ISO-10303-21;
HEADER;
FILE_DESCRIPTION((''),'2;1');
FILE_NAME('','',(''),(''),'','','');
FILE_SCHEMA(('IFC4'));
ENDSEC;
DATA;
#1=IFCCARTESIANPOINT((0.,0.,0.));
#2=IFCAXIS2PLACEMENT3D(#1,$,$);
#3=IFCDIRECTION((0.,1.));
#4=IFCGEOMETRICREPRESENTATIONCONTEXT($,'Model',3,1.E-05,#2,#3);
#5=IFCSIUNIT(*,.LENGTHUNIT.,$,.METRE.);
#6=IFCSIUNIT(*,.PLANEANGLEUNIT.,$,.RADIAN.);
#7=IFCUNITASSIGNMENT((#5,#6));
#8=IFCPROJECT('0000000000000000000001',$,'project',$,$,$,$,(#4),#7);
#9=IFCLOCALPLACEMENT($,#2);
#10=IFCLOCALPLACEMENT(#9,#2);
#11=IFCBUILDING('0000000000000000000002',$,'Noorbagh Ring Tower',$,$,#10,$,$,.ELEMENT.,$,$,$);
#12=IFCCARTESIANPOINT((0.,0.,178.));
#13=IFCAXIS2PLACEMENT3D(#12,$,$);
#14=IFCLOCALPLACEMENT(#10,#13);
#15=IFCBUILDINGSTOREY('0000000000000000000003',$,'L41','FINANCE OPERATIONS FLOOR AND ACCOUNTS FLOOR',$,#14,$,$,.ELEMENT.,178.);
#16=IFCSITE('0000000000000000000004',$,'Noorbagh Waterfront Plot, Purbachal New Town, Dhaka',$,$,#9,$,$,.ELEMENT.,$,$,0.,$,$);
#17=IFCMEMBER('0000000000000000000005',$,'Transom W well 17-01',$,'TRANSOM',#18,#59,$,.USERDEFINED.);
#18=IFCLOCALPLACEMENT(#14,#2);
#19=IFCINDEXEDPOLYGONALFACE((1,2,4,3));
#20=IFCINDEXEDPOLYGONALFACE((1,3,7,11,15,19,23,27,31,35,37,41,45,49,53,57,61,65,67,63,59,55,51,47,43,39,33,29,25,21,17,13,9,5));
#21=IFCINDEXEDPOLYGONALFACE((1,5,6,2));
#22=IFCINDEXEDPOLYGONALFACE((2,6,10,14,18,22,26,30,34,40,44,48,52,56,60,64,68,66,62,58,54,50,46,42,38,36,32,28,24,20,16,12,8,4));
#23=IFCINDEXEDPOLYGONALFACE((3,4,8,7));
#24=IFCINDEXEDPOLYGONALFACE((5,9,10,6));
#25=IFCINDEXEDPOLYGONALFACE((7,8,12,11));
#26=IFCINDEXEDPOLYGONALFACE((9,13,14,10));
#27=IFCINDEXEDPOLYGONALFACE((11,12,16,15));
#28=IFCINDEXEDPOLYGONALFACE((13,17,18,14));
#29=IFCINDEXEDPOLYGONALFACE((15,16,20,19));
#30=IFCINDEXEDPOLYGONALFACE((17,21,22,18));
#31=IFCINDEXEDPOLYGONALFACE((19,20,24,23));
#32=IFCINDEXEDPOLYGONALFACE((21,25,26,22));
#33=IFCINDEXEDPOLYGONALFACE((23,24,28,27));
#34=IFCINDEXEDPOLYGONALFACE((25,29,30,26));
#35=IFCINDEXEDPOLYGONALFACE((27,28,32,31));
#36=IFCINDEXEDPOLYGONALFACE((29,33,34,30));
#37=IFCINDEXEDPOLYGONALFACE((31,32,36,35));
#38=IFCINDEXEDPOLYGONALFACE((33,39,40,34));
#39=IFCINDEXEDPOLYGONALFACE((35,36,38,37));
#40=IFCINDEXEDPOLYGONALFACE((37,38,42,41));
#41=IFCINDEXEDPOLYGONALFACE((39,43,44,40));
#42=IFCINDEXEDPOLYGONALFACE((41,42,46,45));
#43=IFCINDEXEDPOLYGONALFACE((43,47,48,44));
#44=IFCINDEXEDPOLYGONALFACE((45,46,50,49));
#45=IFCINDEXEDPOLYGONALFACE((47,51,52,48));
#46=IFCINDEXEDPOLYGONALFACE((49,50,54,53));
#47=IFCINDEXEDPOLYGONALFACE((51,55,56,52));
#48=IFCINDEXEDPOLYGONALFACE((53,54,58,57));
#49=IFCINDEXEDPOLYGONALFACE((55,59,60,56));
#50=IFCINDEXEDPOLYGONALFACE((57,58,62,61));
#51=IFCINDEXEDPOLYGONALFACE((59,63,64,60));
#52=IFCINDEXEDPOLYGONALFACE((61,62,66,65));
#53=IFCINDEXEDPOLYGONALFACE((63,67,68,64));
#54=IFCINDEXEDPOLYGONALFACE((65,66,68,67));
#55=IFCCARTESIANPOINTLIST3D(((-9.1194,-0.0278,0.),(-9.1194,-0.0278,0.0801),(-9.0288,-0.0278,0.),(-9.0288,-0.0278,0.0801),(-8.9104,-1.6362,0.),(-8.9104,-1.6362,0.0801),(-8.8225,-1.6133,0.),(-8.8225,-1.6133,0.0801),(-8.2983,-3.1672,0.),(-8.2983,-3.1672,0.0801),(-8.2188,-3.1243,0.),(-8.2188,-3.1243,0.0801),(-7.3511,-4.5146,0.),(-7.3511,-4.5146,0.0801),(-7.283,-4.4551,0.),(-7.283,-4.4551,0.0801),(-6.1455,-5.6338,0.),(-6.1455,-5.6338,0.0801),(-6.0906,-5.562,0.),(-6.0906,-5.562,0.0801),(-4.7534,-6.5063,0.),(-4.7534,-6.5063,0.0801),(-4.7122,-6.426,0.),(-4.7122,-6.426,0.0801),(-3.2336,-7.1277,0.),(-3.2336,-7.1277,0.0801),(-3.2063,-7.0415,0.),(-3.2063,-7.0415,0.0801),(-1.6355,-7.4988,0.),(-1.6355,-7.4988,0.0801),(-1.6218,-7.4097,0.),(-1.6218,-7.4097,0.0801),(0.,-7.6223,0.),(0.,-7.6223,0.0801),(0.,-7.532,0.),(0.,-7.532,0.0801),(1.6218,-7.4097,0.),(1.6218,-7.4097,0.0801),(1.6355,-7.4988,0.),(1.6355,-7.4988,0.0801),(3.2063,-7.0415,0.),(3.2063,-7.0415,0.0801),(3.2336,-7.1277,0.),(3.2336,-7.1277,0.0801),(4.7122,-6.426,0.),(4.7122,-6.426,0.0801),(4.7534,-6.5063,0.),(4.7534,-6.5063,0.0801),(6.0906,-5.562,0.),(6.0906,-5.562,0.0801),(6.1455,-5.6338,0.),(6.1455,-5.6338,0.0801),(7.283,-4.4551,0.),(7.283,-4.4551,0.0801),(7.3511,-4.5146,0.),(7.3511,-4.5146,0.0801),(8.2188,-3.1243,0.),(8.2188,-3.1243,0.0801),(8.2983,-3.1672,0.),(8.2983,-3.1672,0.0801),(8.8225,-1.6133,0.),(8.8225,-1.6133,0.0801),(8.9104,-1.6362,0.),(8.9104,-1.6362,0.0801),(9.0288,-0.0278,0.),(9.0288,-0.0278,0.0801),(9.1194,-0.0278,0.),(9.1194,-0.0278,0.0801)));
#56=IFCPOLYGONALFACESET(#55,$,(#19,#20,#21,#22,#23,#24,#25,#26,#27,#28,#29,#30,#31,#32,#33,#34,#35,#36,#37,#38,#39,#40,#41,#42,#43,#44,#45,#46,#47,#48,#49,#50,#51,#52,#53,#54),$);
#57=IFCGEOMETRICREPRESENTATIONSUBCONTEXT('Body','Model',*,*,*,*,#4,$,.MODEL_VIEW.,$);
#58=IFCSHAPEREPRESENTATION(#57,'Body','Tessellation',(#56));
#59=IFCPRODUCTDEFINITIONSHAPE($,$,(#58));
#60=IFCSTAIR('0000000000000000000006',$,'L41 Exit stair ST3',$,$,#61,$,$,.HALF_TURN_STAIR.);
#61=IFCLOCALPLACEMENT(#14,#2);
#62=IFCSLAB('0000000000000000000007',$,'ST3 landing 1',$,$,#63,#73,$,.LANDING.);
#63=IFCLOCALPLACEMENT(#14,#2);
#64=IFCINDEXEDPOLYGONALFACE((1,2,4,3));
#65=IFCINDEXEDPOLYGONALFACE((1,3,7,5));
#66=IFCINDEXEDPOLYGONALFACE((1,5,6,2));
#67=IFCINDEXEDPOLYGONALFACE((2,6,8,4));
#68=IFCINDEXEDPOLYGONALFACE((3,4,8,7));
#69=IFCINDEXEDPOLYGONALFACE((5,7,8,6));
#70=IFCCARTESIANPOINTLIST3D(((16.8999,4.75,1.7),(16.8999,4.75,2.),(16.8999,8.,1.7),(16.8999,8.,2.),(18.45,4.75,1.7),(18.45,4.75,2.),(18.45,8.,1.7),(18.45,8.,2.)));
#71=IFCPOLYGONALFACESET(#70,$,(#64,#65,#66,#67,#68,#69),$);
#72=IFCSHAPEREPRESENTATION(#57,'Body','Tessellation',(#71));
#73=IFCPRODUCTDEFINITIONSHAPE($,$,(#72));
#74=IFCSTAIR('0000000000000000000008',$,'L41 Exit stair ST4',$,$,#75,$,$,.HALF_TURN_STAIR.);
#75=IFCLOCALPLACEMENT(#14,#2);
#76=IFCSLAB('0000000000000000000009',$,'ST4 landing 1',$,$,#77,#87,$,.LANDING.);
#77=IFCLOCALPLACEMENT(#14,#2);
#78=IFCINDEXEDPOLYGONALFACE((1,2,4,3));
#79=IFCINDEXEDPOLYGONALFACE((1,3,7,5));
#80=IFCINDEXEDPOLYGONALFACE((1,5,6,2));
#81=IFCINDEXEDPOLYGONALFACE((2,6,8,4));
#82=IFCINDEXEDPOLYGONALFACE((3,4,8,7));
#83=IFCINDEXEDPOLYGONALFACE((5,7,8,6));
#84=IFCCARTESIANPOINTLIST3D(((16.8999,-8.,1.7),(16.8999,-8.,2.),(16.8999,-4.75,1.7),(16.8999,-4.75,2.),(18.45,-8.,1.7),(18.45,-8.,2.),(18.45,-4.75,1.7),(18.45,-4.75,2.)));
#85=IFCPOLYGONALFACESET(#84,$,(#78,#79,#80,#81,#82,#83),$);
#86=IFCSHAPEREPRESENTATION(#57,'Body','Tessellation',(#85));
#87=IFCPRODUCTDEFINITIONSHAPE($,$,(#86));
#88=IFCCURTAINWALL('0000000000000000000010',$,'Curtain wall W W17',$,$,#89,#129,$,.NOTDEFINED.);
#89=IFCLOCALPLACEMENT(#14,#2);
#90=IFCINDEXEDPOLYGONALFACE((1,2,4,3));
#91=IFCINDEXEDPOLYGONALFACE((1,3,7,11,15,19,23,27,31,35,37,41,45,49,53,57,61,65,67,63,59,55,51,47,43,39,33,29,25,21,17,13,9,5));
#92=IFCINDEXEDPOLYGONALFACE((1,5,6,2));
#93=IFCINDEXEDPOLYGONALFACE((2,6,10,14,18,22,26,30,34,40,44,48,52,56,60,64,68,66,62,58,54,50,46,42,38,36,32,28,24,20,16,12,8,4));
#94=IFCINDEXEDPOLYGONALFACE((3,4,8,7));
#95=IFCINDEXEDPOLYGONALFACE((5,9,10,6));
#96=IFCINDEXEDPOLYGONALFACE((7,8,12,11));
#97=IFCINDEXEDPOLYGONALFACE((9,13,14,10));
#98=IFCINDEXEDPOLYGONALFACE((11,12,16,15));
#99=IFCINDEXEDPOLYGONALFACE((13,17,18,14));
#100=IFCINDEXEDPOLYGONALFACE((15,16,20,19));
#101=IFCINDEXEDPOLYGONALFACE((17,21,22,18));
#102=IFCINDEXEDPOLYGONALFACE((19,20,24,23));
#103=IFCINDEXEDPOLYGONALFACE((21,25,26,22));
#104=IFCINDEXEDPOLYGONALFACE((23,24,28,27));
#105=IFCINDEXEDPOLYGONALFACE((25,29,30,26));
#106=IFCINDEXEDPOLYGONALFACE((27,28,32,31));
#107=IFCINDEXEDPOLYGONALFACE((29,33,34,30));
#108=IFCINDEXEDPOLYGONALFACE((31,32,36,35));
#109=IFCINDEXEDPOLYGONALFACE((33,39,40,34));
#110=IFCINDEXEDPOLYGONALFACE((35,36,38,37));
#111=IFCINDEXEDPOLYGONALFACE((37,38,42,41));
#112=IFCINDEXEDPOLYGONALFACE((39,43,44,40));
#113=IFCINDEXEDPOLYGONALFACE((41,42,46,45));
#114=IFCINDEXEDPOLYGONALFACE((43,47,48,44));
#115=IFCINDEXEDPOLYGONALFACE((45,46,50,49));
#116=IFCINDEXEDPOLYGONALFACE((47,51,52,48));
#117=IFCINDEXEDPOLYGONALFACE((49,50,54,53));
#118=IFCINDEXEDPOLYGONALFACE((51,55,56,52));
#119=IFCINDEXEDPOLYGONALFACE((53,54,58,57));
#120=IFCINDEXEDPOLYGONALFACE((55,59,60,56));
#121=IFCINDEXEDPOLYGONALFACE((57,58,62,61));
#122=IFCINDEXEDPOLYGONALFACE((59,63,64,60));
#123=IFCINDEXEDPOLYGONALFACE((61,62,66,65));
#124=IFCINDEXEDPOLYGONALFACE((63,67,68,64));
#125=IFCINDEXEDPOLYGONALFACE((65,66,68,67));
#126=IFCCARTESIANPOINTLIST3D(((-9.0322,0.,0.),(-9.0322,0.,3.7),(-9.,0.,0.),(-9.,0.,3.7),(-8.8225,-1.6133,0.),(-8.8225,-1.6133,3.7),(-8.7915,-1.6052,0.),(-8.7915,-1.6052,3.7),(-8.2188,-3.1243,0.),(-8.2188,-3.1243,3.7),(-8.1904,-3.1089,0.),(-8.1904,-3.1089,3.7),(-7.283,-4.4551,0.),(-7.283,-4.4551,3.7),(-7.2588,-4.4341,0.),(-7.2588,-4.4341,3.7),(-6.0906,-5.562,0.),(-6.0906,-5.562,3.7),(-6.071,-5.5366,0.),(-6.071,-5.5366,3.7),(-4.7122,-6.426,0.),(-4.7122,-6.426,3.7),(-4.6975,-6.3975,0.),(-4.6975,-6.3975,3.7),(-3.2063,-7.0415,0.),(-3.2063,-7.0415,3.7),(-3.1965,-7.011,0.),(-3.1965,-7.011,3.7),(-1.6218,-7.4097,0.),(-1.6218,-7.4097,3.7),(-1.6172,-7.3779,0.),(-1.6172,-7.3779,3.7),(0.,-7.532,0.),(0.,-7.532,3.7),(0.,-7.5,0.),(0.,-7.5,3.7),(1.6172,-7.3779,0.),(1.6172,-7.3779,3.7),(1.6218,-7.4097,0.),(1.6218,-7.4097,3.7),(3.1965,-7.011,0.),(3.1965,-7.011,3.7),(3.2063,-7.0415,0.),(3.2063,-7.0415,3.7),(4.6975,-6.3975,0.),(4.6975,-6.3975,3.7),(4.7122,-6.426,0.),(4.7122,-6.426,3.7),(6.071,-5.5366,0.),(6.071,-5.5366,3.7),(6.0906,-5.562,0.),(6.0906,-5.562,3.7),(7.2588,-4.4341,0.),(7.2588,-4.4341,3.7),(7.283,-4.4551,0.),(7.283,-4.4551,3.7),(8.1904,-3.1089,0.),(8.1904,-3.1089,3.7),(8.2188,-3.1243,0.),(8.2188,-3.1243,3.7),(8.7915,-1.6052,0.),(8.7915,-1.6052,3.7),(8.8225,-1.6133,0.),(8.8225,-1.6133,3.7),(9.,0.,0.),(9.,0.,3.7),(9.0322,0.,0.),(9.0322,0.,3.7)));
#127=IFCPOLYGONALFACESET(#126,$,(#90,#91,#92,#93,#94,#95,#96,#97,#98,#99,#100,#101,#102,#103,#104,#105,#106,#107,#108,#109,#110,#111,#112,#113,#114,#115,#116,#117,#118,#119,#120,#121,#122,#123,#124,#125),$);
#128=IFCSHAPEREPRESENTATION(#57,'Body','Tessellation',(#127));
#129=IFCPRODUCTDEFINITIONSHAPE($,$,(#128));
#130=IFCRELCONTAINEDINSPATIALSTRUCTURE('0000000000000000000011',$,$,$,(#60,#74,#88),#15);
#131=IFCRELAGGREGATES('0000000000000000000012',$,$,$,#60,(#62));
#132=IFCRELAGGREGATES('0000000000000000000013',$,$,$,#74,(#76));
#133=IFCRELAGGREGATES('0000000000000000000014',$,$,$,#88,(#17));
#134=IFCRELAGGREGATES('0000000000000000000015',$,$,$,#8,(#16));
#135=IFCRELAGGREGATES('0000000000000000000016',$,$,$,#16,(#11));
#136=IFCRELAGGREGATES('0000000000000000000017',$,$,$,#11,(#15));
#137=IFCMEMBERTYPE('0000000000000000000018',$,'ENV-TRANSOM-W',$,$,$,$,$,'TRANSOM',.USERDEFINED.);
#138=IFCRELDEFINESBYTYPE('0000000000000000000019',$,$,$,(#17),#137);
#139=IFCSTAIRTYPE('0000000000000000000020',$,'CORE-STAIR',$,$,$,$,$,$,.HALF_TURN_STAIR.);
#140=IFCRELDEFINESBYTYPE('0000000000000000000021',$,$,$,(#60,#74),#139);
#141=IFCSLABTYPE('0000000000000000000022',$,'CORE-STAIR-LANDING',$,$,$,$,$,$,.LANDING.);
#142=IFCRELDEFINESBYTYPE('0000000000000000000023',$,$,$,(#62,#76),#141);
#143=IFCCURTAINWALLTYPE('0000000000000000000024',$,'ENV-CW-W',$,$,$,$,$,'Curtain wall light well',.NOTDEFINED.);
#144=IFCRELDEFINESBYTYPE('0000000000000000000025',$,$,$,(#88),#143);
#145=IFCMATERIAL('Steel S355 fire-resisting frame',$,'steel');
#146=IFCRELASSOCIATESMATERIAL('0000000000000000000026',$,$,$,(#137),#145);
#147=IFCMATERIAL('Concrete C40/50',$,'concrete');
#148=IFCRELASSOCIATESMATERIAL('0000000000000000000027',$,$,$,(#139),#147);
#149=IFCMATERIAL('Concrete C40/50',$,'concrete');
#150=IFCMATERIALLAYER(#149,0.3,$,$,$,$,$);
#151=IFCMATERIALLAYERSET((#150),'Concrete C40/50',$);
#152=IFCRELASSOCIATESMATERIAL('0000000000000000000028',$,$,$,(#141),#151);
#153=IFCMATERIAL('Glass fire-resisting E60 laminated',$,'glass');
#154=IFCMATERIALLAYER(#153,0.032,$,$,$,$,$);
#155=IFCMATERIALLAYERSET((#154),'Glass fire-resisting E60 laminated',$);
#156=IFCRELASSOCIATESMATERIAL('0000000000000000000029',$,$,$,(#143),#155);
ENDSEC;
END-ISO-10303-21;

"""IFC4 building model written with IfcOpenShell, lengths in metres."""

from ifc_helpers import new_model, si_unit, direction, frame, origin, place, context, subcontext, project, spatial, polyline, outline, extrude, material, layer, layer_set, type_object, element, aggregate, save


model = new_model("IFC4")

# Units and contexts
model_context = context("Model", 3, precision=1e-05, world=origin(), true_north=direction((0.0, 1.0)))
body_context = subcontext(model_context, "Body", "Model", "MODEL_VIEW")
ifc_project = project(units=[si_unit("LENGTHUNIT", "METRE"), si_unit("PLANEANGLEUNIT", "RADIAN")], contexts=[model_context])

# Member
site_placement = place(None, origin())
building_placement = place(site_placement, origin())
storey_placement = place(building_placement, frame((0.0, 0.0, 178.0)))
ifc_material_1 = material(Name="Steel S355 fire-resisting frame", Category="steel")
member_type_1 = type_object("IfcMemberType", Name="ENV-TRANSOM-W", ElementType="TRANSOM", PredefinedType="USERDEFINED", material=ifc_material_1)
member_1_placement = place(storey_placement, origin())
member_1 = element("IfcMember", 1, at=member_1_placement, type_object=member_type_1, Name="Transom W well 17-01", ObjectType="TRANSOM", PredefinedType="USERDEFINED", context=body_context, shape_type="SweptSolid", body=[
    extrude(outline(polyline([(-9.1194, -0.0278), (-8.9104, -1.6362), (-8.2983, -3.1672), (-7.3511, -4.5146), (-6.1455, -5.6338), (-4.7534, -6.5063), (-3.2336, -7.1277), (-1.6355, -7.4988), (0.0, -7.6223), (1.6355, -7.4988), (3.2336, -7.1277), (4.7534, -6.5063), (6.1455, -5.6338), (7.3511, -4.5146), (8.2983, -3.1672), (8.9104, -1.6362), (9.1194, -0.0278), (9.0288, -0.0278), (8.8225, -1.6133), (8.2188, -3.1243), (7.283, -4.4551), (6.0906, -5.562), (4.7122, -6.426), (3.2063, -7.0415), (1.6218, -7.4097), (0.0, -7.532), (-1.6218, -7.4097), (-3.2063, -7.0415), (-4.7122, -6.426), (-6.0906, -5.562), (-7.283, -4.4551), (-8.2188, -3.1243), (-8.8225, -1.6133), (-9.0288, -0.0278), (-9.1194, -0.0278)])), origin(), (0.0, 0.0, 1.0), 0.0801),
])

# Site, building, storey
site = spatial("IfcSite", under=ifc_project, at=site_placement, Name="Noorbagh Waterfront Plot, Purbachal New Town, Dhaka", CompositionType="ELEMENT", RefElevation=0.0)
building = spatial("IfcBuilding", under=site, at=building_placement, Name="Noorbagh Ring Tower", CompositionType="ELEMENT")
storey = spatial("IfcBuildingStorey", under=building, at=storey_placement, Name="L41", Description="FINANCE OPERATIONS FLOOR AND ACCOUNTS FLOOR", CompositionType="ELEMENT", Elevation=178.0)

# Stairs, slabs
ifc_material_2 = material(Name="Concrete C40/50", Category="concrete")
stair_type = type_object("IfcStairType", Name="CORE-STAIR", PredefinedType="HALF_TURN_STAIR", material=ifc_material_2)
stair_1_placement = place(storey_placement, origin())
stair_1 = element("IfcStair", 2, at=stair_1_placement, inside=storey, type_object=stair_type, Name="L41 Exit stair ST3", PredefinedType="HALF_TURN_STAIR")
ifc_material_3 = material(Name="Concrete C40/50", Category="concrete")
ifc_layer_1 = layer(ifc_material_3, 0.3)
ifc_layer_set_1 = layer_set([ifc_layer_1], Name="Concrete C40/50")
slab_type = type_object("IfcSlabType", Name="CORE-STAIR-LANDING", PredefinedType="LANDING", material=ifc_layer_set_1)
slab_1_placement = place(storey_placement, frame((0.0, 0.0, 1.7)))
slab_1 = element("IfcSlab", 3, at=slab_1_placement, type_object=slab_type, Name="ST3 landing 1", PredefinedType="LANDING", context=body_context, shape_type="SweptSolid", body=[
    extrude(outline(polyline([(18.45, 8.0), (16.8999, 8.0), (16.8999, 4.75), (18.45, 4.75), (18.45, 8.0)])), origin(), (0.0, 0.0, 1.0), 0.3),
])
aggregate(stair_1, [slab_1])
stair_2_placement = place(storey_placement, origin())
stair_2 = element("IfcStair", 4, at=stair_2_placement, inside=storey, type_object=stair_type, Name="L41 Exit stair ST4", PredefinedType="HALF_TURN_STAIR")
slab_2_placement = place(storey_placement, frame((0.0, 0.0, 1.7)))
slab_2 = element("IfcSlab", 5, at=slab_2_placement, type_object=slab_type, Name="ST4 landing 1", PredefinedType="LANDING", context=body_context, shape_type="SweptSolid", body=[
    extrude(outline(polyline([(18.45, -4.75), (16.8999, -4.75), (16.8999, -8.0), (18.45, -8.0), (18.45, -4.75)])), origin(), (0.0, 0.0, 1.0), 0.3),
])
aggregate(stair_2, [slab_2])

# Curtain wall
ifc_material_4 = material(Name="Glass fire-resisting E60 laminated", Category="glass")
ifc_layer_2 = layer(ifc_material_4, 0.032)
ifc_layer_set_2 = layer_set([ifc_layer_2], Name="Glass fire-resisting E60 laminated")
curtain_wall_type_1 = type_object("IfcCurtainWallType", Name="ENV-CW-W", ElementType="Curtain wall light well", PredefinedType="NOTDEFINED", material=ifc_layer_set_2)
curtain_wall_1_placement = place(storey_placement, origin())
curtain_wall_1 = element("IfcCurtainWall", 6, at=curtain_wall_1_placement, inside=storey, type_object=curtain_wall_type_1, Name="Curtain wall W W17", PredefinedType="NOTDEFINED", context=body_context, shape_type="SweptSolid", body=[
    extrude(outline(polyline([(-9.0322, 0.0), (-8.8225, -1.6133), (-8.2188, -3.1243), (-7.283, -4.4551), (-6.0906, -5.562), (-4.7122, -6.426), (-3.2063, -7.0415), (-1.6218, -7.4097), (0.0, -7.532), (1.6218, -7.4097), (3.2063, -7.0415), (4.7122, -6.426), (6.0906, -5.562), (7.283, -4.4551), (8.2188, -3.1243), (8.8225, -1.6133), (9.0322, 0.0), (9.0, 0.0), (8.7915, -1.6052), (8.1904, -3.1089), (7.2588, -4.4341), (6.071, -5.5366), (4.6975, -6.3975), (3.1965, -7.011), (1.6172, -7.3779), (0.0, -7.5), (-1.6172, -7.3779), (-3.1965, -7.011), (-4.6975, -6.3975), (-6.071, -5.5366), (-7.2588, -4.4341), (-8.1904, -3.1089), (-8.7915, -1.6052), (-9.0, 0.0), (-9.0322, 0.0)])), origin(), (0.0, 0.0, 1.0), 3.7),
])
aggregate(curtain_wall_1, [member_1])

save(model, "model.ifc")
